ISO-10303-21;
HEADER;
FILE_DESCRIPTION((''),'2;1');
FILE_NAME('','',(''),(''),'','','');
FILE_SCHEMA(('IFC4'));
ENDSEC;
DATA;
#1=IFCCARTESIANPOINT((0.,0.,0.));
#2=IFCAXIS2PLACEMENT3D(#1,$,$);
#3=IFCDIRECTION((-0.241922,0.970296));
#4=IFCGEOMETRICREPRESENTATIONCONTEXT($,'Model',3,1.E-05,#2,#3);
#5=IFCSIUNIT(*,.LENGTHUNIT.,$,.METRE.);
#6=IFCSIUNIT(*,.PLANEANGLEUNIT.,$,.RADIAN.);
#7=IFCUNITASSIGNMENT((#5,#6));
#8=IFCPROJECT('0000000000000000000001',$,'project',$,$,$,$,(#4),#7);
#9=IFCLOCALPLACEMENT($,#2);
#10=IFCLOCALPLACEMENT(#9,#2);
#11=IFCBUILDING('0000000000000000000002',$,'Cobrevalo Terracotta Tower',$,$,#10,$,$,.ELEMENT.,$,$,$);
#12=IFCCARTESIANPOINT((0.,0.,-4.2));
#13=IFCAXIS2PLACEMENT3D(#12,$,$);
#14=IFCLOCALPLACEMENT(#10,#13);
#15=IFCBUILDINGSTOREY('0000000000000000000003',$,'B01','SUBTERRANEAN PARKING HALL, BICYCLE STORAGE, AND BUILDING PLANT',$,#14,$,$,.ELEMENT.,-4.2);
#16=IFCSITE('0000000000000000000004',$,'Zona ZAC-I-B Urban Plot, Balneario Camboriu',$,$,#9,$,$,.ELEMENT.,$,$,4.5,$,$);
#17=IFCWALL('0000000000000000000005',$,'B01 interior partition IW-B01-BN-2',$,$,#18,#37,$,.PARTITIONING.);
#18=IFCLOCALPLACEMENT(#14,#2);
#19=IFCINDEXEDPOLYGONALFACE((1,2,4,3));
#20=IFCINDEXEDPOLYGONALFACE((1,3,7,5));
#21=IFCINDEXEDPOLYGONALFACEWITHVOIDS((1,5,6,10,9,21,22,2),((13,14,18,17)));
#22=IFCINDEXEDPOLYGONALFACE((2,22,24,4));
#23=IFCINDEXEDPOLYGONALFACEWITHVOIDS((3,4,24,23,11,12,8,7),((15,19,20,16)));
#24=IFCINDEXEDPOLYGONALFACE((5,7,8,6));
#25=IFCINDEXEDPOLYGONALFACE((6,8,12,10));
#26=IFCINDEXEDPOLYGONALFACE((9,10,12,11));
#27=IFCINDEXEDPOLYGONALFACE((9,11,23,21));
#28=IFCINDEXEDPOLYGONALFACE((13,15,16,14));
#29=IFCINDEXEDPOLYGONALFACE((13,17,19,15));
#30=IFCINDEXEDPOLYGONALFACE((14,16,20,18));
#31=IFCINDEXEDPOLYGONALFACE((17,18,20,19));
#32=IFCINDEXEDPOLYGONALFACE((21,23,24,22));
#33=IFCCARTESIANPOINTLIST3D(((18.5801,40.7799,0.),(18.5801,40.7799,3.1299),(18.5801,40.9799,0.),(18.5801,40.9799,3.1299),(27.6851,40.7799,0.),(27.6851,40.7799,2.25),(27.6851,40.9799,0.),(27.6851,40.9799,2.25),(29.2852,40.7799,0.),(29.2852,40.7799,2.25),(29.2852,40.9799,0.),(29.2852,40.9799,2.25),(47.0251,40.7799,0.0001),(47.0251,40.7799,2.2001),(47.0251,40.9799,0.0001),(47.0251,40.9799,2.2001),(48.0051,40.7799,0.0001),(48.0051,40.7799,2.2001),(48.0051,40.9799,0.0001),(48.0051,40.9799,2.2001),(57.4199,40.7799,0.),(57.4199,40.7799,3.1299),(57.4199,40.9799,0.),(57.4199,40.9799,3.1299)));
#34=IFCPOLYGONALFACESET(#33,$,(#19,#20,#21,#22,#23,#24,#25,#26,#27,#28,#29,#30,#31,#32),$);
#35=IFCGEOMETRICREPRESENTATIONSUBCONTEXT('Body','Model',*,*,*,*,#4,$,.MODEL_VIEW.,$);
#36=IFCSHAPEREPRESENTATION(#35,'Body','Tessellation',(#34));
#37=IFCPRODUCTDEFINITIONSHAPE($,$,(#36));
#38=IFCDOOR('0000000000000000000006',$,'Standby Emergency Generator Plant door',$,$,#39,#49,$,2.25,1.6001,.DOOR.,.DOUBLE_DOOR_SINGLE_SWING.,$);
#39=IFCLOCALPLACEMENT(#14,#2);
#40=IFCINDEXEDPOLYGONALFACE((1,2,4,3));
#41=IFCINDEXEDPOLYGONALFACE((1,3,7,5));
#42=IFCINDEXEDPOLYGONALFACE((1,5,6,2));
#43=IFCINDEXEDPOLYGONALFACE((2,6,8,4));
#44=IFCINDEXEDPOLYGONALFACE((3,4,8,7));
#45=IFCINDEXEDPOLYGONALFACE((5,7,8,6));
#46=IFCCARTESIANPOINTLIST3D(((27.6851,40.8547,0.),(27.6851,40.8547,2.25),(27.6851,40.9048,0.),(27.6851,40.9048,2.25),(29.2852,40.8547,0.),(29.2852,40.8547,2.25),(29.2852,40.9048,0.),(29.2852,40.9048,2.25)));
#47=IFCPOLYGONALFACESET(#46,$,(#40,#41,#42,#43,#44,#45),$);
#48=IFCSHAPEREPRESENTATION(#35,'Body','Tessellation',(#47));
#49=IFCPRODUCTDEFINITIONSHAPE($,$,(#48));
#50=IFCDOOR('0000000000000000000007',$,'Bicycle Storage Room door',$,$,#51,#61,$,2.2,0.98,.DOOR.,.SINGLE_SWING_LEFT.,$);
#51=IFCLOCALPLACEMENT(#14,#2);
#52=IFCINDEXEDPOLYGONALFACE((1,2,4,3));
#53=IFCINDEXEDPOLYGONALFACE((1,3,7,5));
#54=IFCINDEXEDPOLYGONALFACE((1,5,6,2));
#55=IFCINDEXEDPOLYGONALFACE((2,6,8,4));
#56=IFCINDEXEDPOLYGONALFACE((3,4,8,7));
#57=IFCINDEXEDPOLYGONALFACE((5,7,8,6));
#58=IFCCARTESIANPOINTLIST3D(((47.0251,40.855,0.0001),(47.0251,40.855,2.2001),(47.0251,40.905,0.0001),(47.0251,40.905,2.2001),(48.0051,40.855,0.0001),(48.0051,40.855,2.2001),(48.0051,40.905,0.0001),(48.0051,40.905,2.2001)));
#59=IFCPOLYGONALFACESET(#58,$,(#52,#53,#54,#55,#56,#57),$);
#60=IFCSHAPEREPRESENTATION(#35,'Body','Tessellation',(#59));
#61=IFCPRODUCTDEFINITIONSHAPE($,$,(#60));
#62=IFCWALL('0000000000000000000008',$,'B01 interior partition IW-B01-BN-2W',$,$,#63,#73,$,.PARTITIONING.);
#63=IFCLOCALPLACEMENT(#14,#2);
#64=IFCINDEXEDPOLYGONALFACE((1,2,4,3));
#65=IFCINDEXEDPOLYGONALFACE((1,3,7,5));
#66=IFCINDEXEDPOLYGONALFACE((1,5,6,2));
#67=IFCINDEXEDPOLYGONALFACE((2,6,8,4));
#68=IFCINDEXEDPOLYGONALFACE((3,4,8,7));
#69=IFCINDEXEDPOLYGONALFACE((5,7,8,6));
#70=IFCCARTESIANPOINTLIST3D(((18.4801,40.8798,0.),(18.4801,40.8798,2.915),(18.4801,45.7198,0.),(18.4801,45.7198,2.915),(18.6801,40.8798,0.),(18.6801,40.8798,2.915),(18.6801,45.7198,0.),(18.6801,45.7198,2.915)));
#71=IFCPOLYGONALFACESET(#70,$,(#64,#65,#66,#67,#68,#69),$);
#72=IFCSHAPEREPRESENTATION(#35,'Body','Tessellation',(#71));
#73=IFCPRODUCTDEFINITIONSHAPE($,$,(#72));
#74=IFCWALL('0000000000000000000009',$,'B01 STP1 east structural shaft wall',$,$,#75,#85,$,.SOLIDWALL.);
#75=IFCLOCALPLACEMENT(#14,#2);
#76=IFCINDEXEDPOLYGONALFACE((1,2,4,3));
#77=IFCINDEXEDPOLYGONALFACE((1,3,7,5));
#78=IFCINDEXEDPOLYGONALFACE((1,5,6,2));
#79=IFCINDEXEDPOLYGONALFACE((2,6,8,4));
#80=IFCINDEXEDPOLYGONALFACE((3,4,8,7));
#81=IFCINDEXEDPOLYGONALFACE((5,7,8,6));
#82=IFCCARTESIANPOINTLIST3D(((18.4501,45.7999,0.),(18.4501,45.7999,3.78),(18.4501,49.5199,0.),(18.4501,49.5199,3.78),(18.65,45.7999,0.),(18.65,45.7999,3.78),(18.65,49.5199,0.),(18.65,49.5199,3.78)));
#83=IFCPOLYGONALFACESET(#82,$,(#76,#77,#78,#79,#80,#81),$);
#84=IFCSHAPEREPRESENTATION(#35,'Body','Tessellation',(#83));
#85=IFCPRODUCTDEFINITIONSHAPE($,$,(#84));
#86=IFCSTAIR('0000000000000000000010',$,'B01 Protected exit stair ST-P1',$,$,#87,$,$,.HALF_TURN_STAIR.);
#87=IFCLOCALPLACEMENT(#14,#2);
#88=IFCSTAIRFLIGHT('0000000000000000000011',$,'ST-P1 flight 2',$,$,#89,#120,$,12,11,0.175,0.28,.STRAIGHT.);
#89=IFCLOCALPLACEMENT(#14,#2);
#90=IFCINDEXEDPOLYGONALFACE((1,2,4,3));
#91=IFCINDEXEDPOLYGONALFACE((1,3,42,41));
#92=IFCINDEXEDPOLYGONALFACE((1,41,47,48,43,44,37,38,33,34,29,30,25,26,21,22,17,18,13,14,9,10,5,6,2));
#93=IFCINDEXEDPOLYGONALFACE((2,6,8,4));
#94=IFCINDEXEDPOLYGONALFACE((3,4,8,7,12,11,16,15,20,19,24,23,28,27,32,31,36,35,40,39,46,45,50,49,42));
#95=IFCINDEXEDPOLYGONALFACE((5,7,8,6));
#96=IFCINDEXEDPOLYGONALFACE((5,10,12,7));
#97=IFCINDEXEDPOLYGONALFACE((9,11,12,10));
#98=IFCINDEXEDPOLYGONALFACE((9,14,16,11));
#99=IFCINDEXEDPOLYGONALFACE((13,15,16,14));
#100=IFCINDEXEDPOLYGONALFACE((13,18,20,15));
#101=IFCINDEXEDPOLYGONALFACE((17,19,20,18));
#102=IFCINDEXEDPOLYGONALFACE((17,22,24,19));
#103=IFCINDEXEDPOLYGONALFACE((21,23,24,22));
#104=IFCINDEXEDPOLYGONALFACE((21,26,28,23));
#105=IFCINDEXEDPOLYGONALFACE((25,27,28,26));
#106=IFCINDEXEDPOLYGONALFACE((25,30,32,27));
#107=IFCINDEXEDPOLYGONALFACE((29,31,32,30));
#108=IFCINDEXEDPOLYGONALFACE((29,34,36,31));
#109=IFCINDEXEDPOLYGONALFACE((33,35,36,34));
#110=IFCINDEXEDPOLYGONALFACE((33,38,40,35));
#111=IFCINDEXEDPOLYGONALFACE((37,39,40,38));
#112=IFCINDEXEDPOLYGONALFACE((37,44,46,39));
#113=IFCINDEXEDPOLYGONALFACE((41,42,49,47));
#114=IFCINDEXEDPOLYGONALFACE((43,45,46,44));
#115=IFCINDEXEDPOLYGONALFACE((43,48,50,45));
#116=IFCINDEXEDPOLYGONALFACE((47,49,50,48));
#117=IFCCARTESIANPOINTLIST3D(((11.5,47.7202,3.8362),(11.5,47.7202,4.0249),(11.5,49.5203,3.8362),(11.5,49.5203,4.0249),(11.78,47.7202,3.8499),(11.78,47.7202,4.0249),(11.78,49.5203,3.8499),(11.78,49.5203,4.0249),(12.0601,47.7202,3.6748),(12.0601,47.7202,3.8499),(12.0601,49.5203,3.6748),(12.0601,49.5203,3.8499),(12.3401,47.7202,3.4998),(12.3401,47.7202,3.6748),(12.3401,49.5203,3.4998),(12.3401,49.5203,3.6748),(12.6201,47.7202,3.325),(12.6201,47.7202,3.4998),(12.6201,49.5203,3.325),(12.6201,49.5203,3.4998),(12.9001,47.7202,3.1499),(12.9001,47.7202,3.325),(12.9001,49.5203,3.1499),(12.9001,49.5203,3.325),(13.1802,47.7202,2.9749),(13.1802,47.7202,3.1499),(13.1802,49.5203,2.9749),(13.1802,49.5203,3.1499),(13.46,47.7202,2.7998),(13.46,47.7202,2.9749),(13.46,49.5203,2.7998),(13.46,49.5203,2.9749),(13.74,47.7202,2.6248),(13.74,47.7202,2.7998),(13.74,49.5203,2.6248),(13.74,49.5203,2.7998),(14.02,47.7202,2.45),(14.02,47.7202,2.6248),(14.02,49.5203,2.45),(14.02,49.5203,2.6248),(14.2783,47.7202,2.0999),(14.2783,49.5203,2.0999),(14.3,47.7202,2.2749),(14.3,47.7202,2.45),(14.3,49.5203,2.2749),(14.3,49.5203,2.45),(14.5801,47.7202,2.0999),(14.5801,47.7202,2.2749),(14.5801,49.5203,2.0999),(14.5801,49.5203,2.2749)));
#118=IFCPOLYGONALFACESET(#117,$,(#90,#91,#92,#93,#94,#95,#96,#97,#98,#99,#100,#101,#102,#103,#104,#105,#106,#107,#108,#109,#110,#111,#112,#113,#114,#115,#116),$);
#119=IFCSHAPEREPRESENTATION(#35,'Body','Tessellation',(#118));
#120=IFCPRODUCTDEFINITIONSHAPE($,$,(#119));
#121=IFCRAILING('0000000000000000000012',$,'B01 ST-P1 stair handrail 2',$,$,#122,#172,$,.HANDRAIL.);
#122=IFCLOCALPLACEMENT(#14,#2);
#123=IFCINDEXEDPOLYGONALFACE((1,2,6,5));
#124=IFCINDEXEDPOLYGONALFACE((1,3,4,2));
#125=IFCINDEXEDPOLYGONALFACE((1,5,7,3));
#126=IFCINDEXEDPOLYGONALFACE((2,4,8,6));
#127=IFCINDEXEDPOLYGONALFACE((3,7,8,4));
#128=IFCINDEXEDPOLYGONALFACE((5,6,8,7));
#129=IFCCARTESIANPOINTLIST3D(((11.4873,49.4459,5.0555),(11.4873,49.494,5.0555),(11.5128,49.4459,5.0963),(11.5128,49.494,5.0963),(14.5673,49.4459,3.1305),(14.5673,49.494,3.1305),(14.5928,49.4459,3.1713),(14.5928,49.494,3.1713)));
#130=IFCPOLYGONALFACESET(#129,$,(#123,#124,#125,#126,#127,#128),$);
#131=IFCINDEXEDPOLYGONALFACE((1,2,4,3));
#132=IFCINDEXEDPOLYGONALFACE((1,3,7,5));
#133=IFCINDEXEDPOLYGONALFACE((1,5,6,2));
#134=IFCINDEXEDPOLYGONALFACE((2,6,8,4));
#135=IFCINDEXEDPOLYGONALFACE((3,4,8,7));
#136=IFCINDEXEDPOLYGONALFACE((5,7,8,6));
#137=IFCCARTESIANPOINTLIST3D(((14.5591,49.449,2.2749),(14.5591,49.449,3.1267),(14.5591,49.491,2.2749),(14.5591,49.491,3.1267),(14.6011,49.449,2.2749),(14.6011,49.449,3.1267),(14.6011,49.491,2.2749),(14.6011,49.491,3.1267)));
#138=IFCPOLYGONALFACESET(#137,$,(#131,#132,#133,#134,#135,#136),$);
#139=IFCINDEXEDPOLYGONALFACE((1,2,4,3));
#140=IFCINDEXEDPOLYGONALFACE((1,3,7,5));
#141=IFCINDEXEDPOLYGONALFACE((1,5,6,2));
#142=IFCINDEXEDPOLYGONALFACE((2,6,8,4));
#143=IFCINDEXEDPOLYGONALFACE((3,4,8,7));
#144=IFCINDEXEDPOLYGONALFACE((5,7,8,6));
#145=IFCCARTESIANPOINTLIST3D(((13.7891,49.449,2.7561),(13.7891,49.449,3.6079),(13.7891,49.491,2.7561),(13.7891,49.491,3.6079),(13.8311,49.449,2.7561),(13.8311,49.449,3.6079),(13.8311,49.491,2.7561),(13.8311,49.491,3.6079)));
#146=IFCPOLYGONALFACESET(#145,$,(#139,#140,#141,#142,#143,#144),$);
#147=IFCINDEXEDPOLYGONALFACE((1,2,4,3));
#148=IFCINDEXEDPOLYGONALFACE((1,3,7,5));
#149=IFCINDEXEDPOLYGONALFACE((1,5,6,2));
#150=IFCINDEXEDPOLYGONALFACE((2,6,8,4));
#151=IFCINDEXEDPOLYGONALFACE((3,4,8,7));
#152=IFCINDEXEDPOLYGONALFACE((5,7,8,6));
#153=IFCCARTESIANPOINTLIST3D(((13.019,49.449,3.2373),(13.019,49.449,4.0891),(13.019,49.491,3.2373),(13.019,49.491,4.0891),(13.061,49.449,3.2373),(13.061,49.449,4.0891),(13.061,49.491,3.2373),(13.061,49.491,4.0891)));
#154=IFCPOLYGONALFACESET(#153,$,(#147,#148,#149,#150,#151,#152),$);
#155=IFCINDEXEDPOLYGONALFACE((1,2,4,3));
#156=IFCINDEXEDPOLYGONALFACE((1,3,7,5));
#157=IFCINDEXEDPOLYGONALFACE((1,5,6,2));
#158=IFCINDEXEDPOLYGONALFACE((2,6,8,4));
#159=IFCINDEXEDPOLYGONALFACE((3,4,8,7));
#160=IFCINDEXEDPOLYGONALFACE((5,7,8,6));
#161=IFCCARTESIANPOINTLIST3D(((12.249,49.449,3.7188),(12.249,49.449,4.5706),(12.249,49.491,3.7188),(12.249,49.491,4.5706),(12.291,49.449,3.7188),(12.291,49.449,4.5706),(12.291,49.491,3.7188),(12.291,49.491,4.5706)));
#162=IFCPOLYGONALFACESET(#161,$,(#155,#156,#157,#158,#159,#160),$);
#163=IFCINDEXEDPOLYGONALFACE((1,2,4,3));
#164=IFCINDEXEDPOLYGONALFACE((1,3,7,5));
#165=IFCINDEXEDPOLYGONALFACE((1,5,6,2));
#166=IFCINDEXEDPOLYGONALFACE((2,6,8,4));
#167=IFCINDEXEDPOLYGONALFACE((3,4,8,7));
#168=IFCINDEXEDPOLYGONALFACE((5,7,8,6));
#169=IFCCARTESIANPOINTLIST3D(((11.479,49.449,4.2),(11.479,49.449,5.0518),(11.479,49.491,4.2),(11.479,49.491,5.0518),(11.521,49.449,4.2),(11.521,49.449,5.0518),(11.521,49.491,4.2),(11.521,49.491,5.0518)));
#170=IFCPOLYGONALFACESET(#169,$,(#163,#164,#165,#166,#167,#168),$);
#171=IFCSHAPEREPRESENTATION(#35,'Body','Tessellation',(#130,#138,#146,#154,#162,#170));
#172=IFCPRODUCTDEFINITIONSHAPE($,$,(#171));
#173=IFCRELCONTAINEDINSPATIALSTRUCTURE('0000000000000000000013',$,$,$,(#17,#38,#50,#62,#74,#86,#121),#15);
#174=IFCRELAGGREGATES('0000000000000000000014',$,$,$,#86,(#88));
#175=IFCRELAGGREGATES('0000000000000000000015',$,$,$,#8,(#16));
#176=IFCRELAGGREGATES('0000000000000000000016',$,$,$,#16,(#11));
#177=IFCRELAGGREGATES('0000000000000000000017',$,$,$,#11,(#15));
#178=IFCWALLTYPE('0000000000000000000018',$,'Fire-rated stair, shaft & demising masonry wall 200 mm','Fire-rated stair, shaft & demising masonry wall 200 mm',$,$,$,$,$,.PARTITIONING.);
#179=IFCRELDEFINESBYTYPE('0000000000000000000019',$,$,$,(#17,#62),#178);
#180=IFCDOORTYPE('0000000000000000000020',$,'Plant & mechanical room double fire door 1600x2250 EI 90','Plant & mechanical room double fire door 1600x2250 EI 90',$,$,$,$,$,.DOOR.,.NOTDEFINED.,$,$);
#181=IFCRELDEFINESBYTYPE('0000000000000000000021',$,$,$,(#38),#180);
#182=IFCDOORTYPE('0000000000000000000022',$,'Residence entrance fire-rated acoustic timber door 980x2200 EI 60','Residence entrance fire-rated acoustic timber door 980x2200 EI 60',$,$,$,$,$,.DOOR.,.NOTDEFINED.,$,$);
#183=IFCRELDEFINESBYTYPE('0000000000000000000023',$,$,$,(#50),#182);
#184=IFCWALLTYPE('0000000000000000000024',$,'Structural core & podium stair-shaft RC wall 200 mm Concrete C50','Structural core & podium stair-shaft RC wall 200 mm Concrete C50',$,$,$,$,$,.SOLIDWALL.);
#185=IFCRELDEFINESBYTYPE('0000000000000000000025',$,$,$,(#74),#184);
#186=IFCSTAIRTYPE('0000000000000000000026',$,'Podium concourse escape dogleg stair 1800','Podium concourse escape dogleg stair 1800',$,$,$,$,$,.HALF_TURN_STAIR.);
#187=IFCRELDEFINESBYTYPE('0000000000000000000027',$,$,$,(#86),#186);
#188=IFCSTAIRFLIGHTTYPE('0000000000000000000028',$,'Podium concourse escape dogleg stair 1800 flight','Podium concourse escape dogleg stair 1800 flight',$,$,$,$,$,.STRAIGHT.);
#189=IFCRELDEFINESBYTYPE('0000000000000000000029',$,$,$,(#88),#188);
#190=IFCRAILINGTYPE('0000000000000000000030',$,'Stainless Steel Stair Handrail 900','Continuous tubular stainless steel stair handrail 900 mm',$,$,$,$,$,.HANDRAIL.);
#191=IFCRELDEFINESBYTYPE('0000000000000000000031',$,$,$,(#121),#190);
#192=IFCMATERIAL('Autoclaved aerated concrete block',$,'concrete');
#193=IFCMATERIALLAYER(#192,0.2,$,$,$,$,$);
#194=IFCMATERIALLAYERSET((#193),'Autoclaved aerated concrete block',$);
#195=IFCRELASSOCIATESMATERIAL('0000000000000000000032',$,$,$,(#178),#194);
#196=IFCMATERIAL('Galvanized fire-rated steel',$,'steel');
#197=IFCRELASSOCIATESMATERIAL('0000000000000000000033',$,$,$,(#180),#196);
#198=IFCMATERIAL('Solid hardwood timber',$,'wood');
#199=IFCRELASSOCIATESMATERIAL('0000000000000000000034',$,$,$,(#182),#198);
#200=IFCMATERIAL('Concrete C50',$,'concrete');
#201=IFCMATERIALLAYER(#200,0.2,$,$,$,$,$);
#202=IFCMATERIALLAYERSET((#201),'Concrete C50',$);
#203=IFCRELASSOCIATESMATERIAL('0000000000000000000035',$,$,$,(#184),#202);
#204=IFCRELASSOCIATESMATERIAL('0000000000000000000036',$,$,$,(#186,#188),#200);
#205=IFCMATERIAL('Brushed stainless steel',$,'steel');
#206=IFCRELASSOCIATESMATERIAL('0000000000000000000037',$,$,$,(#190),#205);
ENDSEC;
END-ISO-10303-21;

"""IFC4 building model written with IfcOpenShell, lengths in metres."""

from ifc_helpers import new_model, si_unit, direction, frame, frame_2d, origin, origin_2d, place, context, subcontext, project, spatial, polyline, rectangle, outline, extrude, source, transform, mapped, material, layer, layer_set, type_object, element, fill, aggregate, save


model = new_model("IFC4")

# Units and contexts
model_context = context("Model", 3, precision=1e-05, world=origin(), true_north=direction((-0.241922, 0.970296)))
body_context = subcontext(model_context, "Body", "Model", "MODEL_VIEW")
ifc_project = project(units=[si_unit("LENGTHUNIT", "METRE"), si_unit("PLANEANGLEUNIT", "RADIAN")], contexts=[model_context])

# Site, building, storey
site_placement = place(None, origin())
site = spatial("IfcSite", under=ifc_project, at=site_placement, Name="Zona ZAC-I-B Urban Plot, Balneario Camboriu", CompositionType="ELEMENT", RefElevation=4.5)
building_placement = place(site_placement, origin())
building = spatial("IfcBuilding", under=site, at=building_placement, Name="Cobrevalo Terracotta Tower", CompositionType="ELEMENT")
storey_placement = place(building_placement, frame((0.0, 0.0, -4.2)))
storey = spatial("IfcBuildingStorey", under=building, at=storey_placement, Name="B01", Description="SUBTERRANEAN PARKING HALL, BICYCLE STORAGE, AND BUILDING PLANT", CompositionType="ELEMENT", Elevation=-4.2)

# Shared definitions
ifc_material_1 = material(Name="Concrete C50", Category="concrete")

# Wall, openings, doors
ifc_material_2 = material(Name="Autoclaved aerated concrete block", Category="concrete")
ifc_layer_1 = layer(ifc_material_2, 0.2)
ifc_layer_set_1 = layer_set([ifc_layer_1], Name="Autoclaved aerated concrete block")
wall_type_1 = type_object("IfcWallType", Name="Fire-rated stair, shaft & demising masonry wall 200 mm", Description="Fire-rated stair, shaft & demising masonry wall 200 mm", PredefinedType="PARTITIONING", material=ifc_layer_set_1)
wall_1_placement = place(storey_placement, frame((18.5801, 40.8799, 0.0), z_axis=(0.0, 0.0, 1.0), x_axis=(1.0, 0.0, 0.0)))
wall_1 = element("IfcWall", 1, at=wall_1_placement, inside=storey, type_object=wall_type_1, Name="B01 interior partition IW-B01-BN-2", PredefinedType="PARTITIONING", context=body_context, shape_type="SweptSolid", body=[
    extrude(rectangle(XDim=38.8398, YDim=0.2, at=frame_2d((19.4199, 0.0))), origin(), (0.0, 0.0, 1.0), 3.1299),
])
opening_1_placement = place(wall_1_placement, frame((9.105, 0.0, 0.0)))
opening_1 = element("IfcOpeningElement", 2, at=opening_1_placement, cuts=wall_1, PredefinedType="OPENING", context=body_context, shape_type="SweptSolid", body=[
    extrude(rectangle(XDim=1.6001, YDim=2.25, at=frame_2d((0.8, 1.125))), frame((0.0, 0.1099, 0.0), z_axis=(0.0, -1.0, 0.0), x_axis=(1.0, 0.0, 0.0)), (0.0, 0.0, 1.0), 0.22),
])
opening_2_placement = place(wall_1_placement, frame((28.4451, 0.0, 0.0)))
opening_2 = element("IfcOpeningElement", 3, at=opening_2_placement, cuts=wall_1, PredefinedType="OPENING", context=body_context, shape_type="SweptSolid", body=[
    extrude(rectangle(XDim=0.98, YDim=2.2, at=frame_2d((0.49, 1.1001))), frame((0.0, 0.1099, 0.0), z_axis=(0.0, -1.0, 0.0), x_axis=(1.0, 0.0, 0.0)), (0.0, 0.0, 1.0), 0.22),
])
ifc_material_3 = material(Name="Galvanized fire-rated steel", Category="steel")
door_type_1 = type_object("IfcDoorType", Name="Plant & mechanical room double fire door 1600x2250 EI 90", Description="Plant & mechanical room double fire door 1600x2250 EI 90", OperationType="NOTDEFINED", PredefinedType="DOOR", material=ifc_material_3)
shared_shape_1 = source(origin(), body_context, "Body", "SweptSolid", [
    extrude(rectangle(XDim=1.6001, YDim=2.25, at=frame_2d((0.8, 1.125))), frame((0.0, 0.0249, 0.0), z_axis=(0.0, -1.0, 0.0), x_axis=(1.0, 0.0, 0.0)), (0.0, 0.0, 1.0), 0.05),
])
door_1_placement = place(opening_1_placement, origin())
door_1 = element("IfcDoor", 4, at=door_1_placement, inside=storey, type_object=door_type_1, Name="Standby Emergency Generator Plant door", OperationType="DOUBLE_DOOR_SINGLE_SWING", OverallHeight=2.25, OverallWidth=1.6001, PredefinedType="DOOR", context=body_context, shape_type="MappedRepresentation", body=[
    mapped(shared_shape_1, transform((0.0, 0.0, 0.0), scale=1.0)),
])
fill(opening_1, door_1)
ifc_material_4 = material(Name="Solid hardwood timber", Category="wood")
door_type_2 = type_object("IfcDoorType", Name="Residence entrance fire-rated acoustic timber door 980x2200 EI 60", Description="Residence entrance fire-rated acoustic timber door 980x2200 EI 60", OperationType="NOTDEFINED", PredefinedType="DOOR", material=ifc_material_4)
shared_shape_2 = source(origin(), body_context, "Body", "SweptSolid", [
    extrude(rectangle(XDim=0.98, YDim=2.2, at=frame_2d((0.49, 1.1001))), frame((0.0, 0.0249, 0.0), z_axis=(0.0, -1.0, 0.0), x_axis=(1.0, 0.0, 0.0)), (0.0, 0.0, 1.0), 0.05),
])
door_2_placement = place(opening_2_placement, frame((0.98, 0.0, 0.0), z_axis=(0.0, 0.0, 1.0), x_axis=(-1.0, 0.0, 0.0)))
door_2 = element("IfcDoor", 5, at=door_2_placement, inside=storey, type_object=door_type_2, Name="Bicycle Storage Room door", OperationType="SINGLE_SWING_LEFT", OverallHeight=2.2, OverallWidth=0.98, PredefinedType="DOOR", context=body_context, shape_type="MappedRepresentation", body=[
    mapped(shared_shape_2, transform((0.0, 0.0, 0.0), scale=1.0)),
])
fill(opening_2, door_2)

# Walls
wall_2_placement = place(storey_placement, frame((18.5801, 40.8799, 0.0), z_axis=(0.0, 0.0, 1.0), x_axis=(0.0, 1.0, 0.0)))
element("IfcWall", 6, at=wall_2_placement, inside=storey, type_object=wall_type_1, Name="B01 interior partition IW-B01-BN-2W", PredefinedType="PARTITIONING", context=body_context, shape_type="SweptSolid", body=[
    extrude(rectangle(XDim=4.8401, YDim=0.2, at=frame_2d((2.4199, 0.0))), origin(), (0.0, 0.0, 1.0), 2.915),
])
ifc_layer_2 = layer(ifc_material_1, 0.2)
ifc_layer_set_2 = layer_set([ifc_layer_2], Name="Concrete C50")
wall_type_2 = type_object("IfcWallType", Name="Structural core & podium stair-shaft RC wall 200 mm Concrete C50", Description="Structural core & podium stair-shaft RC wall 200 mm Concrete C50", PredefinedType="SOLIDWALL", material=ifc_layer_set_2)
wall_3_placement = place(storey_placement, frame((18.55, 45.8, 0.0), z_axis=(0.0, 0.0, 1.0), x_axis=(0.0, 1.0, 0.0)))
element("IfcWall", 7, at=wall_3_placement, inside=storey, type_object=wall_type_2, Name="B01 STP1 east structural shaft wall", PredefinedType="SOLIDWALL", context=body_context, shape_type="SweptSolid", body=[
    extrude(rectangle(XDim=3.72, YDim=0.2, at=frame_2d((1.8599, 0.0))), origin(), (0.0, 0.0, 1.0), 3.78),
])

# Stair, stair flight
stair_type = type_object("IfcStairType", Name="Podium concourse escape dogleg stair 1800", Description="Podium concourse escape dogleg stair 1800", PredefinedType="HALF_TURN_STAIR", material=ifc_material_1)
stair_placement = place(storey_placement, origin())
stair = element("IfcStair", 8, at=stair_placement, inside=storey, type_object=stair_type, Name="B01 Protected exit stair ST-P1", PredefinedType="HALF_TURN_STAIR")
stair_flight_type = type_object("IfcStairFlightType", Name="Podium concourse escape dogleg stair 1800 flight", Description="Podium concourse escape dogleg stair 1800 flight", PredefinedType="STRAIGHT", material=ifc_material_1)
stair_flight_placement = place(storey_placement, frame((14.5801, 48.6201, 2.0999), z_axis=(0.0, 0.0, 1.0), x_axis=(-1.0, 0.0, 0.0)))
stair_flight = element("IfcStairFlight", 9, at=stair_flight_placement, type_object=stair_flight_type, Name="ST-P1 flight 2", NumberOfRisers=12, NumberOfTreads=11, PredefinedType="STRAIGHT", RiserHeight=0.175, TreadLength=0.28, context=body_context, shape_type="SweptSolid", body=[
    extrude(outline(polyline([(0.0, 0.0), (0.0, 0.175), (0.28, 0.175), (0.28, 0.3501), (0.5601, 0.3501), (0.5601, 0.5249), (0.8401, 0.5249), (0.8401, 0.7), (1.1201, 0.7), (1.1201, 0.875), (1.3999, 0.875), (1.3999, 1.05), (1.6799, 1.05), (1.6799, 1.2251), (1.96, 1.2251), (1.96, 1.3999), (2.24, 1.3999), (2.24, 1.575), (2.52, 1.575), (2.52, 1.75), (2.8, 1.75), (2.8, 1.925), (3.0801, 1.925), (3.0801, 2.1001), (3.0801, 1.7363), (0.3018, 0.0), (0.0, 0.0)])), frame((0.0, 0.8999, 0.0), z_axis=(0.0, -1.0, 0.0), x_axis=(1.0, 0.0, 0.0)), (0.0, 0.0, 1.0), 1.8),
])
aggregate(stair, [stair_flight])

# Railing
ifc_material_5 = material(Name="Brushed stainless steel", Category="steel")
railing_type_1 = type_object("IfcRailingType", Name="Stainless Steel Stair Handrail 900", Description="Continuous tubular stainless steel stair handrail 900 mm", PredefinedType="HANDRAIL", material=ifc_material_5)
railing_1_placement = place(storey_placement, frame((14.5801, 49.47, 2.2749)))
element("IfcRailing", 10, at=railing_1_placement, inside=storey, type_object=railing_type_1, Name="B01 ST-P1 stair handrail 2", PredefinedType="HANDRAIL", context=body_context, shape_type="SweptSolid", body=[
    extrude(rectangle(XDim=0.0481, YDim=0.0481, at=origin_2d()), frame((0.0, 0.0, 0.876), z_axis=(-0.847998, 0.0, 0.529999), x_axis=(0.0, -1.0, 0.0)), (0.0, 0.0, 1.0), 3.6321),
    extrude(rectangle(XDim=0.042, YDim=0.042, at=origin_2d()), origin(), (0.0, 0.0, 1.0), 0.8518),
    extrude(rectangle(XDim=0.042, YDim=0.042, at=origin_2d()), frame((-0.77, 0.0, 0.4812)), (0.0, 0.0, 1.0), 0.8518),
    extrude(rectangle(XDim=0.042, YDim=0.042, at=origin_2d()), frame((-1.54, 0.0, 0.9624)), (0.0, 0.0, 1.0), 0.8518),
    extrude(rectangle(XDim=0.042, YDim=0.042, at=origin_2d()), frame((-2.3101, 0.0, 1.4438)), (0.0, 0.0, 1.0), 0.8518),
    extrude(rectangle(XDim=0.042, YDim=0.042, at=origin_2d()), frame((-3.0801, 0.0, 1.925)), (0.0, 0.0, 1.0), 0.8518),
])

save(model, "model.ifc")
